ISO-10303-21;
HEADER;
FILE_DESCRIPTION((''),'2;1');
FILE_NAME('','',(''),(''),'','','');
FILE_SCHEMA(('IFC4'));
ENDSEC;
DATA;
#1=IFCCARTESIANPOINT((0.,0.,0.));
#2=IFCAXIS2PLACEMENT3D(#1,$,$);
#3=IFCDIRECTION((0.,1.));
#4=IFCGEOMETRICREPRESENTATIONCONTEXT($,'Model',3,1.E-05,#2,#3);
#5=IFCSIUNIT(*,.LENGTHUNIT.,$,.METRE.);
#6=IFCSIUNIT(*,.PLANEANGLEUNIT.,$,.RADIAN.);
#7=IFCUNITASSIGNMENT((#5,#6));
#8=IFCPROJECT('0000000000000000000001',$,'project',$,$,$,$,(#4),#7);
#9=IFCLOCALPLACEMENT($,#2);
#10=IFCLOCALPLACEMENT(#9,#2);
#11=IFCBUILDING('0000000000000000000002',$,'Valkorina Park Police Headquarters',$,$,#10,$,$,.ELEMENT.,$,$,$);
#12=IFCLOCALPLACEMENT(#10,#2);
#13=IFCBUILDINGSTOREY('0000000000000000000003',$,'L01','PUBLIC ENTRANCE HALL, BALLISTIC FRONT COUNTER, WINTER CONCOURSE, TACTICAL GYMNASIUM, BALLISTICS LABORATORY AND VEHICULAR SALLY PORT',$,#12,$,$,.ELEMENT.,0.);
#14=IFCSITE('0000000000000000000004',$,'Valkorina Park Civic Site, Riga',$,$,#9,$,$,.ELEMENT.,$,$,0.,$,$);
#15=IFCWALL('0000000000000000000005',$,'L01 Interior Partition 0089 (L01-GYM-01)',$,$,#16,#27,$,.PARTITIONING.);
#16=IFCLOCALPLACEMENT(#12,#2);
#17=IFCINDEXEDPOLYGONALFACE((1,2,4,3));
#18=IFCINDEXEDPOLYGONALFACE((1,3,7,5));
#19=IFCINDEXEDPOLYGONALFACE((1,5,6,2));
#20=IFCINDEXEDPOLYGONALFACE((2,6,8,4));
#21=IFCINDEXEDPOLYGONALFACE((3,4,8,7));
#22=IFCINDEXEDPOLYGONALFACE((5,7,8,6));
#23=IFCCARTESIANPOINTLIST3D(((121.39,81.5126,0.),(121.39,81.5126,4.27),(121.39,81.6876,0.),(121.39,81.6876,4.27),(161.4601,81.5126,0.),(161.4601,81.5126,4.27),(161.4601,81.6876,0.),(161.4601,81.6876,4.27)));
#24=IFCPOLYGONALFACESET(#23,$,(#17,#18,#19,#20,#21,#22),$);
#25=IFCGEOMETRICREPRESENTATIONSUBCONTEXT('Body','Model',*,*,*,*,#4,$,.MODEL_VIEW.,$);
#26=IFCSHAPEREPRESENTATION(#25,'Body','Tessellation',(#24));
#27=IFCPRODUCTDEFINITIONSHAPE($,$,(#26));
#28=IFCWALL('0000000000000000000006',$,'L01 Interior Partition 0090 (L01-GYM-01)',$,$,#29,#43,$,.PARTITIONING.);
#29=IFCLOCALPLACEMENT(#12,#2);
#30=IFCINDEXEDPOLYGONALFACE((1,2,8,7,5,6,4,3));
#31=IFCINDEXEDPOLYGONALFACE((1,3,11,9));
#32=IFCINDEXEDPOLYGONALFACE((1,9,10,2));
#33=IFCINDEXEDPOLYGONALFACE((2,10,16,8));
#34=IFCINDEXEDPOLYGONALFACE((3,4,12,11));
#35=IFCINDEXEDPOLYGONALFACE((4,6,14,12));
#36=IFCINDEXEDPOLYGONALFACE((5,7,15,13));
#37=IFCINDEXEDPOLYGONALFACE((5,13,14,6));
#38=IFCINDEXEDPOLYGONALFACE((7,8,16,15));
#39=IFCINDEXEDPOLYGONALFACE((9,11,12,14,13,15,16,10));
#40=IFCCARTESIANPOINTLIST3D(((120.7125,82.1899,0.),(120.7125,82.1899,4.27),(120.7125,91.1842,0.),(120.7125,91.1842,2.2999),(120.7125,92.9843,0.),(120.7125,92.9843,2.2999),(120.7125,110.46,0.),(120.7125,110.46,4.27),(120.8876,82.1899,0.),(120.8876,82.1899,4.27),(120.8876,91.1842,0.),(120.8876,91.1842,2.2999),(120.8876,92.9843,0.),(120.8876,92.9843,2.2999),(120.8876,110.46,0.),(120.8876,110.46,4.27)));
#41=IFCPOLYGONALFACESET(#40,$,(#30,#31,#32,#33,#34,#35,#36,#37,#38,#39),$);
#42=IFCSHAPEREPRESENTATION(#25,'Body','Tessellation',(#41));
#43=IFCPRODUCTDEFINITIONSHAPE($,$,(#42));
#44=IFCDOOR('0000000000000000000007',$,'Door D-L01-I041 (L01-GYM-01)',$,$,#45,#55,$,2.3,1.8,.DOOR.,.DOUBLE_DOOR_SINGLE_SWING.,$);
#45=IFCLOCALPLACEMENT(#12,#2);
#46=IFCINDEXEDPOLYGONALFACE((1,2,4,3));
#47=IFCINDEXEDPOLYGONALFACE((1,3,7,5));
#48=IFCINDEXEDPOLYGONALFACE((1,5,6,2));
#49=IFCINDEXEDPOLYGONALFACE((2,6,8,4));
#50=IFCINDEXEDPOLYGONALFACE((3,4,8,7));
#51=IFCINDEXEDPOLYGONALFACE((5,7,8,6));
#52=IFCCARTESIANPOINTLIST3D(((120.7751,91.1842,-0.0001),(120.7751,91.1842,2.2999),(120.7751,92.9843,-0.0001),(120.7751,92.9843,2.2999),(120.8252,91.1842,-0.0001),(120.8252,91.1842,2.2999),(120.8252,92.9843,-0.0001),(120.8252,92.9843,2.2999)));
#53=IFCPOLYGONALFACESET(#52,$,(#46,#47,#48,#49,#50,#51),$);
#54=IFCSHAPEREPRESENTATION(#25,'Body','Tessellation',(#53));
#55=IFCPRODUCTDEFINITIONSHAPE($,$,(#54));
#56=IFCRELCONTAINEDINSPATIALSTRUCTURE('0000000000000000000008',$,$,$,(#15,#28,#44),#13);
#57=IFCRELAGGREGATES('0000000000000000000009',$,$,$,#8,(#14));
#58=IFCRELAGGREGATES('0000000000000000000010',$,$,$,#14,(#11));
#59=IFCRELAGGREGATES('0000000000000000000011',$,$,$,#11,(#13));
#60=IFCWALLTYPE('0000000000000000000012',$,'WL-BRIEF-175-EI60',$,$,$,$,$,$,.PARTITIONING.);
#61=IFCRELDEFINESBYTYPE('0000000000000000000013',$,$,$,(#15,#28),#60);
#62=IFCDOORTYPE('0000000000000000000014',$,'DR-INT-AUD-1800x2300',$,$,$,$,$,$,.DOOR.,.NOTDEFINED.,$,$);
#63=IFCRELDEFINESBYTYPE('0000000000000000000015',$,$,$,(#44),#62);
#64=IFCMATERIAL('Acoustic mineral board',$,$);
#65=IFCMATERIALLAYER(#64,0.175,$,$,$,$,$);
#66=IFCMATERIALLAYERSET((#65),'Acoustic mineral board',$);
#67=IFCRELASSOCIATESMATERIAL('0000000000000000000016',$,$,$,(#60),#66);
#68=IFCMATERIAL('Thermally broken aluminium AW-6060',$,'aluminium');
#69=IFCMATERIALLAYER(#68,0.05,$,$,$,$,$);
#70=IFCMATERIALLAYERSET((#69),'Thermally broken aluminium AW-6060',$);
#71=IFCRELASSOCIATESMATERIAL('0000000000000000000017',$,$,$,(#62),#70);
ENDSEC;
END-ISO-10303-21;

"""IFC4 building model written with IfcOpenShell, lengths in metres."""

from ifc_helpers import new_model, si_unit, direction, frame, frame_2d, origin, place, context, subcontext, project, spatial, rectangle, extrude, material, layer, layer_set, type_object, element, fill, save


model = new_model("IFC4")

# Units and contexts
model_context = context("Model", 3, precision=1e-05, world=origin(), true_north=direction((0.0, 1.0)))
body_context = subcontext(model_context, "Body", "Model", "MODEL_VIEW")
ifc_project = project(units=[si_unit("LENGTHUNIT", "METRE"), si_unit("PLANEANGLEUNIT", "RADIAN")], contexts=[model_context])

# Site, building, storey
site_placement = place(None, origin())
site = spatial("IfcSite", under=ifc_project, at=site_placement, Name="Valkorina Park Civic Site, Riga", CompositionType="ELEMENT", RefElevation=0.0)
building_placement = place(site_placement, origin())
building = spatial("IfcBuilding", under=site, at=building_placement, Name="Valkorina Park Police Headquarters", CompositionType="ELEMENT")
storey_placement = place(building_placement, origin())
storey = spatial("IfcBuildingStorey", under=building, at=storey_placement, Name="L01", Description="PUBLIC ENTRANCE HALL, BALLISTIC FRONT COUNTER, WINTER CONCOURSE, TACTICAL GYMNASIUM, BALLISTICS LABORATORY AND VEHICULAR SALLY PORT", CompositionType="ELEMENT", Elevation=0.0)

# Shared definitions
ifc_material_1 = material(Name="Acoustic mineral board")

# Shared definitions
ifc_material_2 = material(Name="Thermally broken aluminium AW-6060", Category="aluminium")

# Wall
ifc_layer_1 = layer(ifc_material_1, 0.175)
ifc_layer_set_1 = layer_set([ifc_layer_1], Name="Acoustic mineral board")
wall_type_1 = type_object("IfcWallType", Name="WL-BRIEF-175-EI60", PredefinedType="PARTITIONING", material=ifc_layer_set_1)
wall_1_placement = place(storey_placement, frame((121.3899, 81.6001, 0.0), z_axis=(0.0, 0.0, 1.0), x_axis=(1.0, 0.0, 0.0)))
element("IfcWall", 1, at=wall_1_placement, inside=storey, type_object=wall_type_1, Name="L01 Interior Partition 0089 (L01-GYM-01)", PredefinedType="PARTITIONING", context=body_context, shape_type="SweptSolid", body=[
    extrude(rectangle(XDim=40.0701, YDim=0.175, at=frame_2d((20.0352, 0.0))), origin(), (0.0, 0.0, 1.0), 4.27),
])

# Wall, opening, door
wall_2_placement = place(storey_placement, frame((120.8, 82.1899, 0.0), z_axis=(0.0, 0.0, 1.0), x_axis=(0.0, 1.0, 0.0)))
wall_2 = element("IfcWall", 2, at=wall_2_placement, inside=storey, type_object=wall_type_1, Name="L01 Interior Partition 0090 (L01-GYM-01)", PredefinedType="PARTITIONING", context=body_context, shape_type="SweptSolid", body=[
    extrude(rectangle(XDim=28.27, YDim=0.175, at=frame_2d((14.135, 0.0))), origin(), (0.0, 0.0, 1.0), 4.27),
])
opening_1_placement = place(wall_2_placement, frame((8.9944, 0.0, 0.0)))
opening_1 = element("IfcOpeningElement", 3, at=opening_1_placement, cuts=wall_2, PredefinedType="OPENING", context=body_context, shape_type="SweptSolid", body=[
    extrude(rectangle(XDim=1.8, YDim=2.3, at=frame_2d((0.8999, 1.1499))), frame((0.0, 0.0977, 0.0), z_axis=(0.0, -1.0, 0.0), x_axis=(1.0, 0.0, 0.0)), (0.0, 0.0, 1.0), 0.1951),
])
ifc_layer_2 = layer(ifc_material_2, 0.05)
ifc_layer_set_2 = layer_set([ifc_layer_2], Name="Thermally broken aluminium AW-6060")
door_type_1 = type_object("IfcDoorType", Name="DR-INT-AUD-1800x2300", OperationType="NOTDEFINED", PredefinedType="DOOR", material=ifc_layer_set_2)
door_1_placement = place(opening_1_placement, origin())
door_1 = element("IfcDoor", 4, at=door_1_placement, inside=storey, type_object=door_type_1, Name="Door D-L01-I041 (L01-GYM-01)", OperationType="DOUBLE_DOOR_SINGLE_SWING", OverallHeight=2.3, OverallWidth=1.8, PredefinedType="DOOR", context=body_context, shape_type="SweptSolid", body=[
    extrude(rectangle(XDim=1.8, YDim=2.3, at=frame_2d((0.8999, 1.1499))), frame((0.0, 0.0249, 0.0), z_axis=(0.0, -1.0, 0.0), x_axis=(1.0, 0.0, 0.0)), (0.0, 0.0, 1.0), 0.05),
])
fill(opening_1, door_1)

save(model, "model.ifc")
